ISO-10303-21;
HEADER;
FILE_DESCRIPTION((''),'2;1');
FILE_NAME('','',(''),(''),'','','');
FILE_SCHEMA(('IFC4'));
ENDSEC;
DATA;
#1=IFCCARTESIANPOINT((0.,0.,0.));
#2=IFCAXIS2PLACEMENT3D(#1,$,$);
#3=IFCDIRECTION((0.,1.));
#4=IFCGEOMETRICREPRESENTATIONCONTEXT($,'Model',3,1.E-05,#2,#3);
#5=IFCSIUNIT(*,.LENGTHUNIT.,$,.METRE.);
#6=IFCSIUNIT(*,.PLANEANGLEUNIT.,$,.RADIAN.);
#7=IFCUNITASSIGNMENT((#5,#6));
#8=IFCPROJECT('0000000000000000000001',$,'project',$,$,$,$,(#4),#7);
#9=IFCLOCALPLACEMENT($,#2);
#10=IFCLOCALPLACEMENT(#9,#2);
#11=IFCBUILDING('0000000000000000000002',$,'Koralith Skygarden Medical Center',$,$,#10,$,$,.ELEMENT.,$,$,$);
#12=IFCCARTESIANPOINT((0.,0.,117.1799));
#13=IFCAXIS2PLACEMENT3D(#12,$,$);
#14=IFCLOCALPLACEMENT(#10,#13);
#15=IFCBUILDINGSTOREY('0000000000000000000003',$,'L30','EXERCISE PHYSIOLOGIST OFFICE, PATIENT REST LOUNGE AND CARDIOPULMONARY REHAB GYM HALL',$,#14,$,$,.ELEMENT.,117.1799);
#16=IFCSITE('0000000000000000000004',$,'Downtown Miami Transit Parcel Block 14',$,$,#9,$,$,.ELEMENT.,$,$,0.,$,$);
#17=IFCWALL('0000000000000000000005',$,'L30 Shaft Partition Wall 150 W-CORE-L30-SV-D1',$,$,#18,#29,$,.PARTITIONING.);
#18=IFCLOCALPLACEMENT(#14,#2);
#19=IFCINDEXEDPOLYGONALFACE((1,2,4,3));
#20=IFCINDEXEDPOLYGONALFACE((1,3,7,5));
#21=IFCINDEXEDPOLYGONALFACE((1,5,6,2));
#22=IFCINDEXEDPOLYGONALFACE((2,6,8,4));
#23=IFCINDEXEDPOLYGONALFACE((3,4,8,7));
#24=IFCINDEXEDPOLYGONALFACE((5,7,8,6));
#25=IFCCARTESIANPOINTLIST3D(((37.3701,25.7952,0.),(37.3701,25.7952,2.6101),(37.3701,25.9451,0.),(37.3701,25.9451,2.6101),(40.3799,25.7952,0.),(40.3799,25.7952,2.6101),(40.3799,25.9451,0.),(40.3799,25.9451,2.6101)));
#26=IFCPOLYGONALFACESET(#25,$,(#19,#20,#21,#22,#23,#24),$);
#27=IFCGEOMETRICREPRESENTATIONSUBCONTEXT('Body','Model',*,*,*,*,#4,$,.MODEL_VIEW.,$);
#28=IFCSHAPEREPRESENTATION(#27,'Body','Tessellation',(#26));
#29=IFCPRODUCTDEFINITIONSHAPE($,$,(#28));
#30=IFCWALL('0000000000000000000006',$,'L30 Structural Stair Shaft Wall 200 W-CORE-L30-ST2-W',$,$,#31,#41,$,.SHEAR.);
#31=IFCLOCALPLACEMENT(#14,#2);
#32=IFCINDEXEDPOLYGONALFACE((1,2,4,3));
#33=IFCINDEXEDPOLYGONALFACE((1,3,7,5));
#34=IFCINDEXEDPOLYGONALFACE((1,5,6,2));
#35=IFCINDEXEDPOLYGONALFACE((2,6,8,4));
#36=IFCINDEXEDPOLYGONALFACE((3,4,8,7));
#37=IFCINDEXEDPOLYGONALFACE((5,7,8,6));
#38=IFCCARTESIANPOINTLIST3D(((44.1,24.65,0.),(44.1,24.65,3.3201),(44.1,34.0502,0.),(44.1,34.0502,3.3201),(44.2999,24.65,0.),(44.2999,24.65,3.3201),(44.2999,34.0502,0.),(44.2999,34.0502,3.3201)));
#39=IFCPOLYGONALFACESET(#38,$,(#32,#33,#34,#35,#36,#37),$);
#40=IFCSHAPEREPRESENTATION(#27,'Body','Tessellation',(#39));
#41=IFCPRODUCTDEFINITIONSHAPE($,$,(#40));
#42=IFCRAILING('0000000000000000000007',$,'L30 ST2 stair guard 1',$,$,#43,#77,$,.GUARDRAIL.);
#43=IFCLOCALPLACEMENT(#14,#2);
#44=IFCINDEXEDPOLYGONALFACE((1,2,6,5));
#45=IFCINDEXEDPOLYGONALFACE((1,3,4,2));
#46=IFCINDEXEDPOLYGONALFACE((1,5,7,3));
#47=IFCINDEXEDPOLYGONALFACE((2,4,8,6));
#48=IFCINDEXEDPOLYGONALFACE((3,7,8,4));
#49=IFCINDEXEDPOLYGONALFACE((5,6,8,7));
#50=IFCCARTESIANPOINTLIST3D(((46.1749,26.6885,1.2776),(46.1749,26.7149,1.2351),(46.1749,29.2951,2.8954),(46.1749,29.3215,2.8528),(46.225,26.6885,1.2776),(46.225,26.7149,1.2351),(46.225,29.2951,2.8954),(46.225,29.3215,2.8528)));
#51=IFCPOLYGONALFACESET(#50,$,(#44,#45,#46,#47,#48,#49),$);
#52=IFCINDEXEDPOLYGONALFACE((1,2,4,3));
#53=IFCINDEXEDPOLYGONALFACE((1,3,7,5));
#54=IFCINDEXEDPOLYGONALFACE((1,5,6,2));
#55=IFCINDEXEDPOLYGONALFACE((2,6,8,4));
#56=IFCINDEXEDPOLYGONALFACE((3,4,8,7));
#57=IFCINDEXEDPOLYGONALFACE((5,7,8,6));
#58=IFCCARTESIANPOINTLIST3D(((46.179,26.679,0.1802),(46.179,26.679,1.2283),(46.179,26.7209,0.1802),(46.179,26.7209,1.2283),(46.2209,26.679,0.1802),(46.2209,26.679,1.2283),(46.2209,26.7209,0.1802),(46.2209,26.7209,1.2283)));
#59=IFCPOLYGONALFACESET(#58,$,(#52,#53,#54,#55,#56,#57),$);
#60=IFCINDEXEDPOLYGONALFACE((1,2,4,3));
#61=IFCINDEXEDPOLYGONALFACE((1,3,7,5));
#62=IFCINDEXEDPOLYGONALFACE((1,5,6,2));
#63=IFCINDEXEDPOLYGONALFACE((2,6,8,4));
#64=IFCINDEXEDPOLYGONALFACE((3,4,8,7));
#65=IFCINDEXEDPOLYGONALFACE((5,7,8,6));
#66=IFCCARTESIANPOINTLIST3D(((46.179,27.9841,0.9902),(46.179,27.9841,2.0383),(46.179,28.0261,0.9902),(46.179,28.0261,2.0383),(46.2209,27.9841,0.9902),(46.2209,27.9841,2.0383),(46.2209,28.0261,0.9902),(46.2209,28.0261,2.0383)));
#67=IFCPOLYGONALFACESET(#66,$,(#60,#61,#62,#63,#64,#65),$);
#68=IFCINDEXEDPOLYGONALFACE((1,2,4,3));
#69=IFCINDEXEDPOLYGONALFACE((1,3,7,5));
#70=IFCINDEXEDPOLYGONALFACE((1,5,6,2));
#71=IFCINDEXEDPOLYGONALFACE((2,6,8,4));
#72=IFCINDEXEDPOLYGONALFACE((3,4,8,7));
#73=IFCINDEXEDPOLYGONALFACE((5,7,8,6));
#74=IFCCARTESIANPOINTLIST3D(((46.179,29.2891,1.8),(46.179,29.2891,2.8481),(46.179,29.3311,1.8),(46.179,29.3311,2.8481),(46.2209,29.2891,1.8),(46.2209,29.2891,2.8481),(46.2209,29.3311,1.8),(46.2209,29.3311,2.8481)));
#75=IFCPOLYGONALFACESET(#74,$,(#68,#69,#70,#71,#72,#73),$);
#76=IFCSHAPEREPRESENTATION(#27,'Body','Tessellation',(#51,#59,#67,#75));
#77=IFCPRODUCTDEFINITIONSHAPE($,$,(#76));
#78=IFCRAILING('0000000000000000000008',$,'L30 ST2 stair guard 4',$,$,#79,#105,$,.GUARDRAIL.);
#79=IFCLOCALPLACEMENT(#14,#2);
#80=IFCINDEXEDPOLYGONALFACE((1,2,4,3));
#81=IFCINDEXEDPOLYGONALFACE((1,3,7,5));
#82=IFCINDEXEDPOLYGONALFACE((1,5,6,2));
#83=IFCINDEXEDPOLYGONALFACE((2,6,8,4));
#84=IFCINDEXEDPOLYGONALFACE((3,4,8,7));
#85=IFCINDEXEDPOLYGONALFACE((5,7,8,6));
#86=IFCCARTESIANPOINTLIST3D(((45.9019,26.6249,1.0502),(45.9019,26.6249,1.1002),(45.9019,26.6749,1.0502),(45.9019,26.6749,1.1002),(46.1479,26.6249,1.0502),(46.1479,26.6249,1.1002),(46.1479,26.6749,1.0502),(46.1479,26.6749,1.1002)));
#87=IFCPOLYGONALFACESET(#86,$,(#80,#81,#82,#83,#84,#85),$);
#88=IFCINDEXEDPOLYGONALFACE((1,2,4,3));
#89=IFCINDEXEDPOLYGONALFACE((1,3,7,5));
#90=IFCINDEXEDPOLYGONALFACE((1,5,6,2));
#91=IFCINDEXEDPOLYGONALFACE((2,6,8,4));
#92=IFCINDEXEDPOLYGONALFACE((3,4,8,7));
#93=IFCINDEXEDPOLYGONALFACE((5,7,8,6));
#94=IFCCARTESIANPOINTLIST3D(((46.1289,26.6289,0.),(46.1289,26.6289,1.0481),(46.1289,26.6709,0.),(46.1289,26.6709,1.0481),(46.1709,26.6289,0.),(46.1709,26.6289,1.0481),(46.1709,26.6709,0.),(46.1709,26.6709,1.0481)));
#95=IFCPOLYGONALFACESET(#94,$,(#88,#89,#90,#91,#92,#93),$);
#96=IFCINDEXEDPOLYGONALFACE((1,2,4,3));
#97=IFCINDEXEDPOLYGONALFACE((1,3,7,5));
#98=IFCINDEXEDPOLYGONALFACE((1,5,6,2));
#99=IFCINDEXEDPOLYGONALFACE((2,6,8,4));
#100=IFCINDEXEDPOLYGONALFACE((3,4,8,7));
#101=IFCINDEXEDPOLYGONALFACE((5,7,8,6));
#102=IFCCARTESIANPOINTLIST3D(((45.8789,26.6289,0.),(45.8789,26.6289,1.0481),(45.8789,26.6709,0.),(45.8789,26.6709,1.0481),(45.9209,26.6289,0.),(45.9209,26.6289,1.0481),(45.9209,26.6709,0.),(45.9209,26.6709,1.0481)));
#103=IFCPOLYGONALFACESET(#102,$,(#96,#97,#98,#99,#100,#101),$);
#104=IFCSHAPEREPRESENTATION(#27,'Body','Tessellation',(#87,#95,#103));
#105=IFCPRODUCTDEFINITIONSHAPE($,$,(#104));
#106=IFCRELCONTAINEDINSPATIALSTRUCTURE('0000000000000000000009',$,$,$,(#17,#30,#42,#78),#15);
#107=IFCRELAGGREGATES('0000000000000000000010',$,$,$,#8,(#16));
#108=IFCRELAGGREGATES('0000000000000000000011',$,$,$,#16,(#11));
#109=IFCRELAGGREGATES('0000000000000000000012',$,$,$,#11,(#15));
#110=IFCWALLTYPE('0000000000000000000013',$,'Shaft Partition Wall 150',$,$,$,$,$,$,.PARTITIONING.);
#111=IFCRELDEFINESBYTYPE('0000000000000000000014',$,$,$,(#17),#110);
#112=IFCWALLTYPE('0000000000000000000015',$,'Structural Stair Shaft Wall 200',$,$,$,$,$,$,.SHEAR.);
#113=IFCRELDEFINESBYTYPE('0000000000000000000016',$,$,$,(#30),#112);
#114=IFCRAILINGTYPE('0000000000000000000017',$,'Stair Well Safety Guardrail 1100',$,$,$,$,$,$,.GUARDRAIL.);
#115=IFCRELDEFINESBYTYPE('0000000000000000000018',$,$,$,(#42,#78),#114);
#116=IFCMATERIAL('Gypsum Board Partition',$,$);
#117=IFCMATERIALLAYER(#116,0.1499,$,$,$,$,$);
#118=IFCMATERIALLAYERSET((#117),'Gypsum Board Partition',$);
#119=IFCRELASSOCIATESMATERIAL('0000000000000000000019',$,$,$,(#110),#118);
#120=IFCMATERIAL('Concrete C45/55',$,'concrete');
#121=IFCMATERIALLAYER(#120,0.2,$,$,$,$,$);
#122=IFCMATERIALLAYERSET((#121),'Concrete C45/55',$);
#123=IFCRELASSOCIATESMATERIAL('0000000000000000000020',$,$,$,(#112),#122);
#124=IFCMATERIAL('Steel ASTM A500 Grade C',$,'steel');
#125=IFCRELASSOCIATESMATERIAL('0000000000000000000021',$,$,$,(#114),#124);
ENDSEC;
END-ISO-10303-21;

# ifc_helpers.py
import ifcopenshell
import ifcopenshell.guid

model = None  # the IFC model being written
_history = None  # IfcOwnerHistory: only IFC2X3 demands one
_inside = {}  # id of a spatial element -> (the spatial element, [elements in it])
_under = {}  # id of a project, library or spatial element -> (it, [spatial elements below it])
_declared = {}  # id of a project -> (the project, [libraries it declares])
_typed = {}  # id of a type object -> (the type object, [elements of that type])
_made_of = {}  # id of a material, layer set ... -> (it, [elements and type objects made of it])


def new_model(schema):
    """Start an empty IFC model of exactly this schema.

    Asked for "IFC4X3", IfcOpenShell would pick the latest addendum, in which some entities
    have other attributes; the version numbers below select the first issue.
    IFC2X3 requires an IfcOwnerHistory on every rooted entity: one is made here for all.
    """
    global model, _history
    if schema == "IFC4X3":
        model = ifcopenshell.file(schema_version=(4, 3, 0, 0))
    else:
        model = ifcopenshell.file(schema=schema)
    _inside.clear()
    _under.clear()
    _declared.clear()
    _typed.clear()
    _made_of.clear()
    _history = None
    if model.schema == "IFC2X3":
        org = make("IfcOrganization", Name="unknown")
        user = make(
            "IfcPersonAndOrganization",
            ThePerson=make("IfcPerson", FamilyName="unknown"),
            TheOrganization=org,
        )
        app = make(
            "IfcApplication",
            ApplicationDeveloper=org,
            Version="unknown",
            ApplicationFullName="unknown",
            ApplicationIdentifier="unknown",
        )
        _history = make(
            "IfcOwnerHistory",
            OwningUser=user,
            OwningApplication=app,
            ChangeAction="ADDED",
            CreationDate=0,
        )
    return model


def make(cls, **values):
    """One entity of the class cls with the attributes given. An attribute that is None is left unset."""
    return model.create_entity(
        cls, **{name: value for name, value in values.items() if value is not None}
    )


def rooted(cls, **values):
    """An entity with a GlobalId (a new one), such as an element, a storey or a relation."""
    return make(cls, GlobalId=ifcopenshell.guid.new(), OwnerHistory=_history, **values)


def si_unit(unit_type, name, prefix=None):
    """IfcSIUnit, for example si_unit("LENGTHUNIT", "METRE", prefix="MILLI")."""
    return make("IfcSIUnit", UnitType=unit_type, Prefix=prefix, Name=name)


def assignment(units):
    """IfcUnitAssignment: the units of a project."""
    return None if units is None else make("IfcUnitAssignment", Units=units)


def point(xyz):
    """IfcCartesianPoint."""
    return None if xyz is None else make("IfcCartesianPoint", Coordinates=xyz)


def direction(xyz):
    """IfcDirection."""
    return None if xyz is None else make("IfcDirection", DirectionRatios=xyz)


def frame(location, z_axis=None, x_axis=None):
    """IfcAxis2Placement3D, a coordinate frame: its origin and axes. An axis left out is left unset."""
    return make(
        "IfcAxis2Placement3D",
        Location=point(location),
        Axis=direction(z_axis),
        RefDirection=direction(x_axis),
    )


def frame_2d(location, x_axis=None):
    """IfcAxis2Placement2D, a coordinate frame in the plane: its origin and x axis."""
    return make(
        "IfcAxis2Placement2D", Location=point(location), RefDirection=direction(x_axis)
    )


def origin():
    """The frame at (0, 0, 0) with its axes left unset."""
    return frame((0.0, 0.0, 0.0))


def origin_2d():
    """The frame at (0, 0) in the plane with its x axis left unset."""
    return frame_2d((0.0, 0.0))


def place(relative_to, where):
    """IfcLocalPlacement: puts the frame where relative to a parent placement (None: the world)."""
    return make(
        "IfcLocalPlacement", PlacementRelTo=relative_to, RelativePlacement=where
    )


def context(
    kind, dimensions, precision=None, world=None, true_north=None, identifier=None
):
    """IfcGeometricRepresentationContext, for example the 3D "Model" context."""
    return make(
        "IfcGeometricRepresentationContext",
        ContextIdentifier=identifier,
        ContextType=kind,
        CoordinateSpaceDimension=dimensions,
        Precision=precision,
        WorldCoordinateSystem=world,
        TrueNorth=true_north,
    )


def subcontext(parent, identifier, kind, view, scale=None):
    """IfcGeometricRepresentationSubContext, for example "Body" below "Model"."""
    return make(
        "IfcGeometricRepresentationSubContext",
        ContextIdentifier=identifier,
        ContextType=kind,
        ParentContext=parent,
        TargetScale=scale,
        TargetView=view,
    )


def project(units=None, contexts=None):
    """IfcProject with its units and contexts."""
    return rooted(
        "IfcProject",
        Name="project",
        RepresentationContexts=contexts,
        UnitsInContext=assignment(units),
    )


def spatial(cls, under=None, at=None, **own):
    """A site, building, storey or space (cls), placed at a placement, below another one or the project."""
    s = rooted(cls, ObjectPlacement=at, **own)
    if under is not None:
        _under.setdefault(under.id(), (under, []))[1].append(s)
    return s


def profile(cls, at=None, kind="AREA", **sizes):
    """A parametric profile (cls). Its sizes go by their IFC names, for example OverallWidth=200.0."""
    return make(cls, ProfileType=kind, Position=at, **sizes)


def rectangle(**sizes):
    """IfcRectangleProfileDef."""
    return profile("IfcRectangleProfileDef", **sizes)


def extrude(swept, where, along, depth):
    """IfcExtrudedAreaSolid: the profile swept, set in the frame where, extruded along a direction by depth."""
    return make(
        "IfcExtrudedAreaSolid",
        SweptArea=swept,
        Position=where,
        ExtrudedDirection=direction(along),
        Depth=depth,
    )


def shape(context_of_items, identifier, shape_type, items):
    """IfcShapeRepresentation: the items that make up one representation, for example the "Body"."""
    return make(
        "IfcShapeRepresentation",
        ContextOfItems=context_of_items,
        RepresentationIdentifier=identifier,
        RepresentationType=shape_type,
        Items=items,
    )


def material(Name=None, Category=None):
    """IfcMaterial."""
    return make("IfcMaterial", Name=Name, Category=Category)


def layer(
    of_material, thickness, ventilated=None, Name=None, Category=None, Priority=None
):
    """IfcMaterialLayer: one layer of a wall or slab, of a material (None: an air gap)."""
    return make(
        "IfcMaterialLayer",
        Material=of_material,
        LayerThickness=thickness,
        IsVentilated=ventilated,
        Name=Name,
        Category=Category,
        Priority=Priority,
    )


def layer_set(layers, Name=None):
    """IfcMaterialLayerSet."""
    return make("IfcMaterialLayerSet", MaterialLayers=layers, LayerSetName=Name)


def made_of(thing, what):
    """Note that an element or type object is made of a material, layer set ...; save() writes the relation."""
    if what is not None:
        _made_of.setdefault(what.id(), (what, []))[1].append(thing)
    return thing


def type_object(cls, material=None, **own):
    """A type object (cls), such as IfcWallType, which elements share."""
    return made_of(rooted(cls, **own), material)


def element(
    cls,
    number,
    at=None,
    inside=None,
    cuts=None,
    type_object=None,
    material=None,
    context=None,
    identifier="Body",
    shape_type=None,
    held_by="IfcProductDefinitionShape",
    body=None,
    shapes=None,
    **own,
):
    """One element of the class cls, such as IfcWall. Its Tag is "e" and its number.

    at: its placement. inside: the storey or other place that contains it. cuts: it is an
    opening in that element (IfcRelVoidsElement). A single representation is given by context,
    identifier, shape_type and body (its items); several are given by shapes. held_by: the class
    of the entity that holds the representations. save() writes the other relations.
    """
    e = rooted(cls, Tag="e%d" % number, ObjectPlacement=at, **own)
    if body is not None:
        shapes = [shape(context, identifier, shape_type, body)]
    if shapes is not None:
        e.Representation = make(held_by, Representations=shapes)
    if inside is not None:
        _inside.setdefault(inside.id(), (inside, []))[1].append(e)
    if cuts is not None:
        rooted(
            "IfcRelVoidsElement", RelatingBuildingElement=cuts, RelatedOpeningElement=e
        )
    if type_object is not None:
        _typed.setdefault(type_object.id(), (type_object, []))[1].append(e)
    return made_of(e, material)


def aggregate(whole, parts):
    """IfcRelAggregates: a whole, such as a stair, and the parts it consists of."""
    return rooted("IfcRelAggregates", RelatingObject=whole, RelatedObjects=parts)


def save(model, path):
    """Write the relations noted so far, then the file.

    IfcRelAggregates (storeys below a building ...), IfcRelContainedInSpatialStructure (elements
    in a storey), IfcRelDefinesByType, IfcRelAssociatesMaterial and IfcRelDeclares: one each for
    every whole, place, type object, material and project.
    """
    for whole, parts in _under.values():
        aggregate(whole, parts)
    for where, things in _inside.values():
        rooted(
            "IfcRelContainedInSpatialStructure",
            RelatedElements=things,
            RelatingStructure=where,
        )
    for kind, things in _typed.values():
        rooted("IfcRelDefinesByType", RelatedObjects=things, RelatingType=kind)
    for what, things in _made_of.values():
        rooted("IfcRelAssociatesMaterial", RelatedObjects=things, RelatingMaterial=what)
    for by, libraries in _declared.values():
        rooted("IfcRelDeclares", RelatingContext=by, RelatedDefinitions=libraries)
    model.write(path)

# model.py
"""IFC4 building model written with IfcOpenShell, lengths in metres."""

from ifc_helpers import new_model, si_unit, direction, frame, frame_2d, origin, origin_2d, place, context, subcontext, project, spatial, rectangle, extrude, material, layer, layer_set, type_object, element, save


model = new_model("IFC4")

# Units and contexts
model_context = context("Model", 3, precision=1e-05, world=origin(), true_north=direction((0.0, 1.0)))
body_context = subcontext(model_context, "Body", "Model", "MODEL_VIEW")
ifc_project = project(units=[si_unit("LENGTHUNIT", "METRE"), si_unit("PLANEANGLEUNIT", "RADIAN")], contexts=[model_context])

# Site, building, storey
site_placement = place(None, origin())
site = spatial("IfcSite", under=ifc_project, at=site_placement, Name="Downtown Miami Transit Parcel Block 14", CompositionType="ELEMENT", RefElevation=0.0)
building_placement = place(site_placement, origin())
building = spatial("IfcBuilding", under=site, at=building_placement, Name="Koralith Skygarden Medical Center", CompositionType="ELEMENT")
storey_placement = place(building_placement, frame((0.0, 0.0, 117.1799)))
storey = spatial("IfcBuildingStorey", under=building, at=storey_placement, Name="L30", Description="EXERCISE PHYSIOLOGIST OFFICE, PATIENT REST LOUNGE AND CARDIOPULMONARY REHAB GYM HALL", CompositionType="ELEMENT", Elevation=117.1799)

# Shared definitions
ifc_material_1 = material(Name="Gypsum Board Partition")
ifc_material_2 = material(Name="Steel ASTM A500 Grade C", Category="steel")

# Walls
ifc_layer_1 = layer(ifc_material_1, 0.1499)
ifc_layer_set_1 = layer_set([ifc_layer_1], Name="Gypsum Board Partition")
wall_type_1 = type_object("IfcWallType", Name="Shaft Partition Wall 150", PredefinedType="PARTITIONING", material=ifc_layer_set_1)
wall_1_placement = place(storey_placement, frame((37.3701, 25.8701, 0.0), z_axis=(0.0, 0.0, 1.0), x_axis=(1.0, 0.0, 0.0)))
element("IfcWall", 1, at=wall_1_placement, inside=storey, type_object=wall_type_1, Name="L30 Shaft Partition Wall 150 W-CORE-L30-SV-D1", PredefinedType="PARTITIONING", context=body_context, shape_type="SweptSolid", body=[
    extrude(rectangle(XDim=3.0098, YDim=0.1499, at=frame_2d((1.5049, 0.0))), origin(), (0.0, 0.0, 1.0), 2.6101),
])
ifc_material_3 = material(Name="Concrete C45/55", Category="concrete")
ifc_layer_2 = layer(ifc_material_3, 0.2)
ifc_layer_set_2 = layer_set([ifc_layer_2], Name="Concrete C45/55")
wall_type_2 = type_object("IfcWallType", Name="Structural Stair Shaft Wall 200", PredefinedType="SHEAR", material=ifc_layer_set_2)
wall_2_placement = place(storey_placement, frame((44.2, 24.6499, 0.0), z_axis=(0.0, 0.0, 1.0), x_axis=(0.0, 1.0, 0.0)))
element("IfcWall", 2, at=wall_2_placement, inside=storey, type_object=wall_type_2, Name="L30 Structural Stair Shaft Wall 200 W-CORE-L30-ST2-W", PredefinedType="SHEAR", context=body_context, shape_type="SweptSolid", body=[
    extrude(rectangle(XDim=9.4001, YDim=0.2, at=frame_2d((4.7002, 0.0))), origin(), (0.0, 0.0, 1.0), 3.3201),
])

# Railings
railing_type = type_object("IfcRailingType", Name="Stair Well Safety Guardrail 1100", PredefinedType="GUARDRAIL", material=ifc_material_2)
railing_1_placement = place(storey_placement, frame((46.2, 26.7, 0.1802)))
element("IfcRailing", 3, at=railing_1_placement, inside=storey, type_object=railing_type, Name="L30 ST2 stair guard 1", PredefinedType="GUARDRAIL", context=body_context, shape_type="SweptSolid", body=[
    extrude(rectangle(XDim=0.05, YDim=0.05, at=origin_2d()), frame((0.0, 0.0017, 1.0762), z_axis=(0.0, 0.849668, 0.527317), x_axis=(-1.0, 0.0, 0.0)), (0.0, 0.0, 1.0), 3.0679),
    extrude(rectangle(XDim=0.042, YDim=0.042, at=origin_2d()), origin(), (0.0, 0.0, 1.0), 1.0481),
    extrude(rectangle(XDim=0.042, YDim=0.042, at=origin_2d()), frame((0.0, 1.3052, 0.8101)), (0.0, 0.0, 1.0), 1.0481),
    extrude(rectangle(XDim=0.042, YDim=0.042, at=origin_2d()), frame((0.0, 2.6101, 1.6199)), (0.0, 0.0, 1.0), 1.0481),
])
railing_2_placement = place(storey_placement, frame((46.1499, 26.6499, 0.0)))
element("IfcRailing", 4, at=railing_2_placement, inside=storey, type_object=railing_type, Name="L30 ST2 stair guard 4", PredefinedType="GUARDRAIL", context=body_context, shape_type="SweptSolid", body=[
    extrude(rectangle(XDim=0.05, YDim=0.05, at=origin_2d()), frame((-0.002, 0.0, 1.0752), z_axis=(-1.0, 0.0, 0.0), x_axis=(0.0, -1.0, 0.0)), (0.0, 0.0, 1.0), 0.2461),
    extrude(rectangle(XDim=0.042, YDim=0.042, at=origin_2d()), origin(), (0.0, 0.0, 1.0), 1.0481),
    extrude(rectangle(XDim=0.042, YDim=0.042, at=origin_2d()), frame((-0.25, 0.0, 0.0)), (0.0, 0.0, 1.0), 1.0481),
])

save(model, "model.ifc")
